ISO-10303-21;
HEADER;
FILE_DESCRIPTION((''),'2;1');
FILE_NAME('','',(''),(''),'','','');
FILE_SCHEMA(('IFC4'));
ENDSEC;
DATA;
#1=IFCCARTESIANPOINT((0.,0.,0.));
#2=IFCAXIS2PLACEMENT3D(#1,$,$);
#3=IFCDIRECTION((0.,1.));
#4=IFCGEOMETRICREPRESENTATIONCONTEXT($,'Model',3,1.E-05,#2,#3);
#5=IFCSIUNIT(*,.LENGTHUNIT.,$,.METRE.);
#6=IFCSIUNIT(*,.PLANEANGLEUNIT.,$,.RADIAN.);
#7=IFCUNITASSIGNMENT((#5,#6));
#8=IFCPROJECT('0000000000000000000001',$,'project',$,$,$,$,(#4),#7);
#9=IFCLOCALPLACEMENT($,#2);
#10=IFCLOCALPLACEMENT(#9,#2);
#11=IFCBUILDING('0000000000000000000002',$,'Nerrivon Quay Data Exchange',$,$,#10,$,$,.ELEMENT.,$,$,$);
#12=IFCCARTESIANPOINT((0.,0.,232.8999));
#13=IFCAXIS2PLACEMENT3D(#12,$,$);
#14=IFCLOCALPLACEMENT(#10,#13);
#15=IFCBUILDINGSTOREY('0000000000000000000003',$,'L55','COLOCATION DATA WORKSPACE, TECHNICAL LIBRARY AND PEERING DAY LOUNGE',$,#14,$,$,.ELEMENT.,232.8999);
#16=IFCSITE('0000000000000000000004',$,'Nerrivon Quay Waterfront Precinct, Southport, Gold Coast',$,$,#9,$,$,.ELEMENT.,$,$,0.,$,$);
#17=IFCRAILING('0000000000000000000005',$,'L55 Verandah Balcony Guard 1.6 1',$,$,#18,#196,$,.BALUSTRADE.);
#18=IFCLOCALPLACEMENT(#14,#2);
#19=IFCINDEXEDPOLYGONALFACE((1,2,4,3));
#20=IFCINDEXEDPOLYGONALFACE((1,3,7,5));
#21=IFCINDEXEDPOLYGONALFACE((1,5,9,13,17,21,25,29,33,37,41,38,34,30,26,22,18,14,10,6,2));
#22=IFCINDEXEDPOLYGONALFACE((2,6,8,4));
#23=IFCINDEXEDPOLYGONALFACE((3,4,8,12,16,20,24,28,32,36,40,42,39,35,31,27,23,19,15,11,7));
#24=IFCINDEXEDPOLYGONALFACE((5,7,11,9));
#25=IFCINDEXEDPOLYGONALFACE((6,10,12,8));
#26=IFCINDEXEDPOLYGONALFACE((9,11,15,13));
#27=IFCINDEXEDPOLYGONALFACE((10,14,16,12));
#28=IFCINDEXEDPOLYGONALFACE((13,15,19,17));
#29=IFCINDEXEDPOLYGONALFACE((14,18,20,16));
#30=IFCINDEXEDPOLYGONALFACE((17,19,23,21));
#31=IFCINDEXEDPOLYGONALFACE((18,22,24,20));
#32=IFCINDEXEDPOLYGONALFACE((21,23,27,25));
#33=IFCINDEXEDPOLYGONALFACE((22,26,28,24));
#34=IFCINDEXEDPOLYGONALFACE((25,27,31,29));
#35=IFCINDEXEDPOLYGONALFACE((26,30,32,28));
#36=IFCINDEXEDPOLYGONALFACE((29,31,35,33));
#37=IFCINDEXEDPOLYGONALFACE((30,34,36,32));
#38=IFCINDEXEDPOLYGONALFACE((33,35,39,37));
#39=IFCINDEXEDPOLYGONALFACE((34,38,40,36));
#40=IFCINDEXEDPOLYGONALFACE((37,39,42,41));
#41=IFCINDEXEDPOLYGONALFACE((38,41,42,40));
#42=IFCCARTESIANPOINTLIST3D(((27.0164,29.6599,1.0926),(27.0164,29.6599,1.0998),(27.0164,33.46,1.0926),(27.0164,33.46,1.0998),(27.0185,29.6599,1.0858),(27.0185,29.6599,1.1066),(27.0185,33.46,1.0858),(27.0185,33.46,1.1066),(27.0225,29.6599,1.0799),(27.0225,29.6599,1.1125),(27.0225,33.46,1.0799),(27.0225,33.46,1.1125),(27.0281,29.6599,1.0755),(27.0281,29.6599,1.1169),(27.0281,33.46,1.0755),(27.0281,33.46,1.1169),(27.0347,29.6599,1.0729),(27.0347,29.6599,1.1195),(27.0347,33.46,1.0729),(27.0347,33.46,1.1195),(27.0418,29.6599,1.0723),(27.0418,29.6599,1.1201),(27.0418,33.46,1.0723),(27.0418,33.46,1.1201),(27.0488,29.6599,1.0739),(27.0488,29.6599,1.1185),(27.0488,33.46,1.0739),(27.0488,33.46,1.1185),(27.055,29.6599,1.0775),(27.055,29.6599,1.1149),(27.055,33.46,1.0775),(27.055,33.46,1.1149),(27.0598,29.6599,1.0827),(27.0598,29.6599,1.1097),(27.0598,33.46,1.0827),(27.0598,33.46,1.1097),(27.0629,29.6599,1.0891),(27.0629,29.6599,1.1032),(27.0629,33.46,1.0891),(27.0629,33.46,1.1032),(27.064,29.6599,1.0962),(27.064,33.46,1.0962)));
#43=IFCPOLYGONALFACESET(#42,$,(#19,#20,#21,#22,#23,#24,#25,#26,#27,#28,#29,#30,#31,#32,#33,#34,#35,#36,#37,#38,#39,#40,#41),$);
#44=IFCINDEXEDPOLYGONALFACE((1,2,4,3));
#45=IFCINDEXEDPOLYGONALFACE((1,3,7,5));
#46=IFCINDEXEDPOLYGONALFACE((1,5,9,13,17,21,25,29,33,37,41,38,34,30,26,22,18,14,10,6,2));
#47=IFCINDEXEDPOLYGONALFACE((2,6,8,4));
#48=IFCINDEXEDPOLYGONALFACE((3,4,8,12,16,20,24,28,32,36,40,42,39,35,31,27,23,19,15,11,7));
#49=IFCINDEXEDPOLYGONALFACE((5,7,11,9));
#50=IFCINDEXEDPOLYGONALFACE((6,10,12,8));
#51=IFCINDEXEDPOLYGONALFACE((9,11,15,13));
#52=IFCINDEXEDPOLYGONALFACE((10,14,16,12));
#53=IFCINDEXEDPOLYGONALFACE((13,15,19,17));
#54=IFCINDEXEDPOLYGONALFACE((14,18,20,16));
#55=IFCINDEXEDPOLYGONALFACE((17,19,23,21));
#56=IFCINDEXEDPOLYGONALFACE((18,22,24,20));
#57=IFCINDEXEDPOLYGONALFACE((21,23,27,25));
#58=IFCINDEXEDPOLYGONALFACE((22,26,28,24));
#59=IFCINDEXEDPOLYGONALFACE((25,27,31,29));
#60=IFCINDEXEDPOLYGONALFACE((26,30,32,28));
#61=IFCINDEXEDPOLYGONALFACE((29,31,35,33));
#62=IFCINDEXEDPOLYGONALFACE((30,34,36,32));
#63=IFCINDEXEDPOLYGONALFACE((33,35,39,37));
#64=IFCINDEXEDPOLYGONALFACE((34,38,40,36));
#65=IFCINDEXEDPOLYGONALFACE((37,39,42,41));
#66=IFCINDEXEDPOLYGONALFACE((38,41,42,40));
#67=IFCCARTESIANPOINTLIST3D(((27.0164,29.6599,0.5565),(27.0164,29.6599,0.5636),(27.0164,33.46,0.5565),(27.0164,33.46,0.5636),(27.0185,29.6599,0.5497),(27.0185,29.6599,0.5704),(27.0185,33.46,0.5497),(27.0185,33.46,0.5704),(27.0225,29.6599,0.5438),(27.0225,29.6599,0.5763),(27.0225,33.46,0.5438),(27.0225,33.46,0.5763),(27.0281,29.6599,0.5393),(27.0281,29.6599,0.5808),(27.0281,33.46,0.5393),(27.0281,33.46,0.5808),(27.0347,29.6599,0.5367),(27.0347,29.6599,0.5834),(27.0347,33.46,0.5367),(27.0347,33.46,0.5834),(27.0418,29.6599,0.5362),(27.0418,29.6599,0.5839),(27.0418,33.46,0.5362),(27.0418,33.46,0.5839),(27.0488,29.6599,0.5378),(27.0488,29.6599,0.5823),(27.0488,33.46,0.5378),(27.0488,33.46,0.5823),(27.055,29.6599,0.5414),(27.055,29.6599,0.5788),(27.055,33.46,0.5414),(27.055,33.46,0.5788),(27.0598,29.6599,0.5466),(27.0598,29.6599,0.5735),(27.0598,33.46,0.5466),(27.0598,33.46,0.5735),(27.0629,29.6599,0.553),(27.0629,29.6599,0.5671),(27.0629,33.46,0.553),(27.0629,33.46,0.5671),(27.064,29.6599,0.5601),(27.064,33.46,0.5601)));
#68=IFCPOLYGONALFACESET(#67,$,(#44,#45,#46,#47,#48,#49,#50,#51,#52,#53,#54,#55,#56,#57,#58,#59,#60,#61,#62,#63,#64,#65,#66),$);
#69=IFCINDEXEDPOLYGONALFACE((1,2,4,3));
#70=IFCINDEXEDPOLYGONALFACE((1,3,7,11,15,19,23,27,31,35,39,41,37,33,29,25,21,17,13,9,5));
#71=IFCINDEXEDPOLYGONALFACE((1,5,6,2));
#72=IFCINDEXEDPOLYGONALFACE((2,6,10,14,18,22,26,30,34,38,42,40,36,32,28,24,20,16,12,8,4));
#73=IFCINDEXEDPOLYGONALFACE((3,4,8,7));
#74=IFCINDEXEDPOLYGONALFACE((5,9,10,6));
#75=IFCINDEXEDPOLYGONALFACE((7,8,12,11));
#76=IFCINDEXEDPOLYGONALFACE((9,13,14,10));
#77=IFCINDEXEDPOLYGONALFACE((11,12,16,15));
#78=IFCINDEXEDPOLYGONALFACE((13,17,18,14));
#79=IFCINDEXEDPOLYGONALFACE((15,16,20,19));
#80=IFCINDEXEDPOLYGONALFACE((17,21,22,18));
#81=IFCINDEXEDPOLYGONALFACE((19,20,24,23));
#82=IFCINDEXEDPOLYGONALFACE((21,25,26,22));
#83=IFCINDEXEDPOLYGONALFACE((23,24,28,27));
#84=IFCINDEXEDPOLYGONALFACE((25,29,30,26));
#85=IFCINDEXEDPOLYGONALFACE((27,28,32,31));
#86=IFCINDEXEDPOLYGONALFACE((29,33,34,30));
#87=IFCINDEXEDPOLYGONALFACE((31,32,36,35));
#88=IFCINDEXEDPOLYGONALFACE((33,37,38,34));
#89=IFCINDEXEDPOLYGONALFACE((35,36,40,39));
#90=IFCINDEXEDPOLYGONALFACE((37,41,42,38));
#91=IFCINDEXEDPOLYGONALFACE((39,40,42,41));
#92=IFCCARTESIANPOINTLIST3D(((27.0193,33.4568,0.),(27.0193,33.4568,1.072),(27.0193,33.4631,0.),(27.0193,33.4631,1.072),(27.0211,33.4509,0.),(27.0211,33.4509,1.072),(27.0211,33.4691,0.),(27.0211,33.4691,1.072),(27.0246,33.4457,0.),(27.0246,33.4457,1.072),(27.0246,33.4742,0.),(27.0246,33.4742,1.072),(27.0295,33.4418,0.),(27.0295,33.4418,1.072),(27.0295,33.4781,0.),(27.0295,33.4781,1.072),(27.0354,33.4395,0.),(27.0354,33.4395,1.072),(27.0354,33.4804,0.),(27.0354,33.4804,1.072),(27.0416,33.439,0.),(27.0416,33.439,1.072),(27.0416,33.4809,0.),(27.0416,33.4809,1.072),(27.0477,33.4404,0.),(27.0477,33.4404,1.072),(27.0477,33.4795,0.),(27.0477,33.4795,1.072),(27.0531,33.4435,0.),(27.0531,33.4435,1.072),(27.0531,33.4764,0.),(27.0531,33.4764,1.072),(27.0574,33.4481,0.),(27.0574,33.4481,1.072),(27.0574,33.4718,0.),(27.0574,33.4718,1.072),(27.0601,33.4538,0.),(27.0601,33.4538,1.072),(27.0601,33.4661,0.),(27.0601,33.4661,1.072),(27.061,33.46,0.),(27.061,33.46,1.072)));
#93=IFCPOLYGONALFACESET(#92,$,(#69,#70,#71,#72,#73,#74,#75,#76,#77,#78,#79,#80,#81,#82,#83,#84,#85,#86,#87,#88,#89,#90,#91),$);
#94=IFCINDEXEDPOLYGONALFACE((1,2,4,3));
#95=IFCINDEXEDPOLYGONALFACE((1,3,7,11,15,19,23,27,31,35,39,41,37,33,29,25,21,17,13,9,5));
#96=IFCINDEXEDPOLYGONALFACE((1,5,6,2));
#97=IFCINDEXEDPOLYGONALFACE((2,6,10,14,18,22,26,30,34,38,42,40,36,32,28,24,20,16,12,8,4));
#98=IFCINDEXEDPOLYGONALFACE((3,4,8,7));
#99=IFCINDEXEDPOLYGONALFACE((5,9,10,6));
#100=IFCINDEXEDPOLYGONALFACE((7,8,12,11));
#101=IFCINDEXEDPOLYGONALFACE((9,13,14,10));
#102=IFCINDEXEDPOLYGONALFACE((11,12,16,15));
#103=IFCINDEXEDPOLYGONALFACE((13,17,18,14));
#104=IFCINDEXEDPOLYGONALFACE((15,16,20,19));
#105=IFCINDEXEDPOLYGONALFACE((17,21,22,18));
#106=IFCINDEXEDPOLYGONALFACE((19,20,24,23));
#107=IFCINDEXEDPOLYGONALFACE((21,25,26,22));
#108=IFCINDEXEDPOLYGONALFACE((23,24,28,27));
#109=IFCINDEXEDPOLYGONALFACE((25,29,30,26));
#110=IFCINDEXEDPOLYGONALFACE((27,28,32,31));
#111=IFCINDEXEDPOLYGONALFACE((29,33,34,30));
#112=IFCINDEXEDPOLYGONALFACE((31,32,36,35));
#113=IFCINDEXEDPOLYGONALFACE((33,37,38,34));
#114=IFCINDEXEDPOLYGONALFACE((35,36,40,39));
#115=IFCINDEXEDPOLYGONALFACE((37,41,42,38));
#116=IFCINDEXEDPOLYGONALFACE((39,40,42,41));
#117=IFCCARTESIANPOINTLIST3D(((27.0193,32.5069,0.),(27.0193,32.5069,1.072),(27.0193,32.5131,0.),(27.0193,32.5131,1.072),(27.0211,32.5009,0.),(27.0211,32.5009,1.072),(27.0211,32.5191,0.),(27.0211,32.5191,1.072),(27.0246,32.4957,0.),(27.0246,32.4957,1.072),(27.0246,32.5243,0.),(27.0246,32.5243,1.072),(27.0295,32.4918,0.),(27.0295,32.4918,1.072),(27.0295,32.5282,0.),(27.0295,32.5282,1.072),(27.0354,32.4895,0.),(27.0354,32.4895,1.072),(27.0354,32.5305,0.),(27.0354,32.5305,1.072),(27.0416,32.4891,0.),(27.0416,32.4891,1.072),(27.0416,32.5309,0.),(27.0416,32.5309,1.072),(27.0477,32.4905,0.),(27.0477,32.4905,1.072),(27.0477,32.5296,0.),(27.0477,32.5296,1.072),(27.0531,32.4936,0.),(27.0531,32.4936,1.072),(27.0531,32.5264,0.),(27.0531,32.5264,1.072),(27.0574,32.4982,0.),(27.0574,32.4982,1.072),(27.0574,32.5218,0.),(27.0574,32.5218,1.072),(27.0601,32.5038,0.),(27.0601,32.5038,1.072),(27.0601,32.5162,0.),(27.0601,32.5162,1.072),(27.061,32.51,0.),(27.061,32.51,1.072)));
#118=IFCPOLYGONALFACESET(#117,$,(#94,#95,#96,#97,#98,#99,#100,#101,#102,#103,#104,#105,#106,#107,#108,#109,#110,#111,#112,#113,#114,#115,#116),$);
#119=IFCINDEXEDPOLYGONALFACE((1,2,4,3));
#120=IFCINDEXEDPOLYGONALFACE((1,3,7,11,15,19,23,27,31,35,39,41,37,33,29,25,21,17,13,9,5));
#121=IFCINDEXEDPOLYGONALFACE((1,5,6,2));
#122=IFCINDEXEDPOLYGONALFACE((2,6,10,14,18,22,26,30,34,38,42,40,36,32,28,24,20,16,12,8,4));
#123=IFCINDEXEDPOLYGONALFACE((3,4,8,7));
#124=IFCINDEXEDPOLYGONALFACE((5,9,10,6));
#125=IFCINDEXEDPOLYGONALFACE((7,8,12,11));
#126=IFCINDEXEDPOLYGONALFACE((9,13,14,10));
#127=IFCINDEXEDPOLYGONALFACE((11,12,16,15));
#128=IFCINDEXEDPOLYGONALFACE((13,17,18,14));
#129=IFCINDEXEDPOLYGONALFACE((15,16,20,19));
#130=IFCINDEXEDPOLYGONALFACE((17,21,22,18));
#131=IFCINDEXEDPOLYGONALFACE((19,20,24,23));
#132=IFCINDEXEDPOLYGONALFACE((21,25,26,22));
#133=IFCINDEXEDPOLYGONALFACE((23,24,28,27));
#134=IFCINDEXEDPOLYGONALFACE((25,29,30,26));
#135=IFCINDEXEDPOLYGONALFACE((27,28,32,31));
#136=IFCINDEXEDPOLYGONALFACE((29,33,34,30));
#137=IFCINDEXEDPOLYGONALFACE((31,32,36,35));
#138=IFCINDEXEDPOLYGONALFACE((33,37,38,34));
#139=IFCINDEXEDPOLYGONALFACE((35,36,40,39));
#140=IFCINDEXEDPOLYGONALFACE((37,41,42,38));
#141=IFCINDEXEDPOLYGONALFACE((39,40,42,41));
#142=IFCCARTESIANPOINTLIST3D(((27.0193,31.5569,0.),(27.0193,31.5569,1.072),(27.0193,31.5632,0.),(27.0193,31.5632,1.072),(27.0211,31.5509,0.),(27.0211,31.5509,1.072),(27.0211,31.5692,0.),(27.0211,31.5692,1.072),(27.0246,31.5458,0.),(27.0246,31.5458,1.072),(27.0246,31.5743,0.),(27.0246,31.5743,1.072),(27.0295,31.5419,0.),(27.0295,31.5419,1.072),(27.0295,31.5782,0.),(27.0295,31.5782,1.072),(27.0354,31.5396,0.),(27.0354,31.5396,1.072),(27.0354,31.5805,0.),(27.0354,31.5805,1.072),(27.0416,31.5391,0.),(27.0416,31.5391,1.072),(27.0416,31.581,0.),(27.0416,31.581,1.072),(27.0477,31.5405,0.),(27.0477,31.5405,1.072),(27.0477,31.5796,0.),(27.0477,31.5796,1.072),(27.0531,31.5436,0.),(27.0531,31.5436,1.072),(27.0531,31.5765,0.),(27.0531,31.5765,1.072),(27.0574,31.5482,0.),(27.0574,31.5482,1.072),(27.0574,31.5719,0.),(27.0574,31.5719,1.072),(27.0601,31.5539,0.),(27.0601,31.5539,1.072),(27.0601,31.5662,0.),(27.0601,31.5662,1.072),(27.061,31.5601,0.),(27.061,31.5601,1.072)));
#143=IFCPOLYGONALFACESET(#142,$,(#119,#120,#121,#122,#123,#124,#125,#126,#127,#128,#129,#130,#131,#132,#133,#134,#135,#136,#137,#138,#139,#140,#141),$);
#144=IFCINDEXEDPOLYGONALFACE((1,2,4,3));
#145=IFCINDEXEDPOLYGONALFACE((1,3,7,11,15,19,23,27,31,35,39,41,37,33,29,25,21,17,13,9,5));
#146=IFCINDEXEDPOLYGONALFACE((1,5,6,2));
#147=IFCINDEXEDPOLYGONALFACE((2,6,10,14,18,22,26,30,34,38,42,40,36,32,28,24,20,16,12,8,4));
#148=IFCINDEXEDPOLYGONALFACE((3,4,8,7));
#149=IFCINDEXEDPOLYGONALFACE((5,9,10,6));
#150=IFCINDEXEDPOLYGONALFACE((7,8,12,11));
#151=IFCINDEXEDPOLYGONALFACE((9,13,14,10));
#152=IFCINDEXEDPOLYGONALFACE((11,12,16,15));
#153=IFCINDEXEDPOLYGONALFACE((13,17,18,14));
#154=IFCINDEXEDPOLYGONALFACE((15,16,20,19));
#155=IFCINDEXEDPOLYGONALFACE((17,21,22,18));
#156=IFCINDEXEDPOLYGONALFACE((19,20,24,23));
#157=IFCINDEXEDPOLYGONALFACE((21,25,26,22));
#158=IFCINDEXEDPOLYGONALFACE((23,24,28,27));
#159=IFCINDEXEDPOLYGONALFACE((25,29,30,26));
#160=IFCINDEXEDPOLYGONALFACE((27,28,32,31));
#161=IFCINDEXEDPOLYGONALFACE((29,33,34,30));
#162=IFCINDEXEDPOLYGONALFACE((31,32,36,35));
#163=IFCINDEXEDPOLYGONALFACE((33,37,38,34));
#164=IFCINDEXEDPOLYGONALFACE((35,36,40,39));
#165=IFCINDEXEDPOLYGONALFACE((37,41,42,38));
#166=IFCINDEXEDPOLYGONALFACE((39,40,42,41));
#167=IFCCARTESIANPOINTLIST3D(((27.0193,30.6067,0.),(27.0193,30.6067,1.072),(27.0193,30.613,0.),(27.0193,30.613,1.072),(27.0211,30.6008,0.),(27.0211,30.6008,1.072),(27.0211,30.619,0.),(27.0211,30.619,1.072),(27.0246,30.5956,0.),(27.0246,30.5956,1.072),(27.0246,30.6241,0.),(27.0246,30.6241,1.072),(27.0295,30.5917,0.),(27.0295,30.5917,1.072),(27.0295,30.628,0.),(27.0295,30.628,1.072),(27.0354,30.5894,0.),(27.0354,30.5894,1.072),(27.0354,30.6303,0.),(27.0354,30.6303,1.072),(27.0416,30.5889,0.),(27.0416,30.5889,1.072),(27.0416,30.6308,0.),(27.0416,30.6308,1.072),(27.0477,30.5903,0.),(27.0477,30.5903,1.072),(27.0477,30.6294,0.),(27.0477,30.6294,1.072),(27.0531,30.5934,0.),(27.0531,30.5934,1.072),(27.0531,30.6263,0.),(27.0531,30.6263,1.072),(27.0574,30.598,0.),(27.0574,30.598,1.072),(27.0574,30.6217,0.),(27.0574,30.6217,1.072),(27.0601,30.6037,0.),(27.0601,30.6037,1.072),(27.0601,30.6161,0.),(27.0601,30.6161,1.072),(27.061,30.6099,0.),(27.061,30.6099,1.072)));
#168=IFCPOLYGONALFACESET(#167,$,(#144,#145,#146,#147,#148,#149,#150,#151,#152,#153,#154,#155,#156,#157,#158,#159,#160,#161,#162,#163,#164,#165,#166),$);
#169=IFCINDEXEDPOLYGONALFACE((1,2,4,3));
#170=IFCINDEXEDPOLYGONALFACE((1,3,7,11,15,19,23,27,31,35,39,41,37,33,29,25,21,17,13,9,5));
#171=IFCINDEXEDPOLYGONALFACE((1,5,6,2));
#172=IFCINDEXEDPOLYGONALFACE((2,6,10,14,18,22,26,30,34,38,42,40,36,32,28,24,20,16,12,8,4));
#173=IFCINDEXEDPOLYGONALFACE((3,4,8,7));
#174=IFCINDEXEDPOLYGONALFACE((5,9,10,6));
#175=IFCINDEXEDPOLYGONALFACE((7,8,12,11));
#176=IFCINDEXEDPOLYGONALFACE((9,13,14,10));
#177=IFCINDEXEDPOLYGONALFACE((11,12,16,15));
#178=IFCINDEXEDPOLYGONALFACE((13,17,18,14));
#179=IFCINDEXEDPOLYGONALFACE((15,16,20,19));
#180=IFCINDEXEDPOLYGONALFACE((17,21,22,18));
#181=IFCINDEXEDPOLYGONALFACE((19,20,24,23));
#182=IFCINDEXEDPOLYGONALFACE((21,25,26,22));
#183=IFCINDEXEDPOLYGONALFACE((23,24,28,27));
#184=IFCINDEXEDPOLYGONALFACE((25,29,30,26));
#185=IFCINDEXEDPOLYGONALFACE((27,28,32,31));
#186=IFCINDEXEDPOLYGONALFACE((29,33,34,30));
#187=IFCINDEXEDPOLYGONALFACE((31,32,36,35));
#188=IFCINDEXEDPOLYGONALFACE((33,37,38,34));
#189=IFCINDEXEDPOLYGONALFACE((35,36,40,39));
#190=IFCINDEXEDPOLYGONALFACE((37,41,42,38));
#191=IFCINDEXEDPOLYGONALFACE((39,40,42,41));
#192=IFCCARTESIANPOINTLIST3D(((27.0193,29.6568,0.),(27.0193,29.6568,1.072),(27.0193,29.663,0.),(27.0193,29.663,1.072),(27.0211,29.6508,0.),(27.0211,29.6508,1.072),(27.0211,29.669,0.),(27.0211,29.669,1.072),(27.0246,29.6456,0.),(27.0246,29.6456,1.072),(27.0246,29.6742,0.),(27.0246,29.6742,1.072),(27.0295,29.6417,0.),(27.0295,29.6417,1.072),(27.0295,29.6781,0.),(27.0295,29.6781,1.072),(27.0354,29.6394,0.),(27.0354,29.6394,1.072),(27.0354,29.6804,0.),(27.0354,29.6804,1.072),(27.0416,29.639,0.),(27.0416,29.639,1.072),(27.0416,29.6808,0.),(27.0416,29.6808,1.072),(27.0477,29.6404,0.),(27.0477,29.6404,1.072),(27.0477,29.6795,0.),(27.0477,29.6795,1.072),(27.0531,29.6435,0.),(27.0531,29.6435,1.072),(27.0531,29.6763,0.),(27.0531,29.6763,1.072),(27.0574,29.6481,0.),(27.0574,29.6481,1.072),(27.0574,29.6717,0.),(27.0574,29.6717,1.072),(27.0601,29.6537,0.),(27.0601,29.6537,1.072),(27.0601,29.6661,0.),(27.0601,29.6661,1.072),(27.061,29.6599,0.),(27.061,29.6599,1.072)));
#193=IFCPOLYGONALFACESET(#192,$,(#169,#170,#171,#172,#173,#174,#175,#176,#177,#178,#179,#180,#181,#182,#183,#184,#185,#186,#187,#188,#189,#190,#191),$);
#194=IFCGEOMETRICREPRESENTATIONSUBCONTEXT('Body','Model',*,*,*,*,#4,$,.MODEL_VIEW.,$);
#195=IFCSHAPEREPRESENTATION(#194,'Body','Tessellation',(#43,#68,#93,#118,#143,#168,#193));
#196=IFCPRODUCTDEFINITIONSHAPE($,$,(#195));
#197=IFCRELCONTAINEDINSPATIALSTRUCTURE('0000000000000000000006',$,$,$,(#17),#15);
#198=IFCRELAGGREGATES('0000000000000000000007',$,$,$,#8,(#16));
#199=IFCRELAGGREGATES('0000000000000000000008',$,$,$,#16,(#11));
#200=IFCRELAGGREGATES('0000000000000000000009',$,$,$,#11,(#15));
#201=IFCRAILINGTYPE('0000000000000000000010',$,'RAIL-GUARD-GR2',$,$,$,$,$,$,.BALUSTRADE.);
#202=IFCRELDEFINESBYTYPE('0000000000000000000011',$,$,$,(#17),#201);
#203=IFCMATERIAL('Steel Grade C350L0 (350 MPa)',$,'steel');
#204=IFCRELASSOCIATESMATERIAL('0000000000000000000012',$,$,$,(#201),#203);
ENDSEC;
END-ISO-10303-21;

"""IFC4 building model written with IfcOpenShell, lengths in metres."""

from ifc_helpers import new_model, si_unit, direction, frame, origin, origin_2d, place, context, subcontext, project, spatial, circle, extrude, material, type_object, element, save


model = new_model("IFC4")

# Units and contexts
model_context = context("Model", 3, precision=1e-05, world=origin(), true_north=direction((0.0, 1.0)))
body_context = subcontext(model_context, "Body", "Model", "MODEL_VIEW")
ifc_project = project(units=[si_unit("LENGTHUNIT", "METRE"), si_unit("PLANEANGLEUNIT", "RADIAN")], contexts=[model_context])

# Site, building, storey
site_placement = place(None, origin())
site = spatial("IfcSite", under=ifc_project, at=site_placement, Name="Nerrivon Quay Waterfront Precinct, Southport, Gold Coast", CompositionType="ELEMENT", RefElevation=0.0)
building_placement = place(site_placement, origin())
building = spatial("IfcBuilding", under=site, at=building_placement, Name="Nerrivon Quay Data Exchange", CompositionType="ELEMENT")
storey_placement = place(building_placement, frame((0.0, 0.0, 232.8999)))
storey = spatial("IfcBuildingStorey", under=building, at=storey_placement, Name="L55", Description="COLOCATION DATA WORKSPACE, TECHNICAL LIBRARY AND PEERING DAY LOUNGE", CompositionType="ELEMENT", Elevation=232.8999)

# Shared definitions
ifc_material_1 = material(Name="Steel Grade C350L0 (350 MPa)", Category="steel")

# Railing
railing_type = type_object("IfcRailingType", Name="RAIL-GUARD-GR2", PredefinedType="BALUSTRADE", material=ifc_material_1)
railing_1_placement = place(storey_placement, frame((27.04, 33.46, 0.0)))
element("IfcRailing", 1, at=railing_1_placement, inside=storey, type_object=railing_type, Name="L55 Verandah Balcony Guard 1.6 1", PredefinedType="BALUSTRADE", context=body_context, shape_type="SweptSolid", body=[
    extrude(circle(Radius=0.0239, at=origin_2d()), frame((0.0, 0.0, 1.0962), z_axis=(0.0, -1.0, 0.0), x_axis=(1.0, 0.0, 0.0)), (0.0, 0.0, 1.0), 3.8),
    extrude(circle(Radius=0.0239, at=origin_2d()), frame((0.0, 0.0, 0.5601), z_axis=(0.0, -1.0, 0.0), x_axis=(1.0, 0.0, 0.0)), (0.0, 0.0, 1.0), 3.8),
    extrude(circle(Radius=0.021, at=origin_2d()), origin(), (0.0, 0.0, 1.0), 1.072),
    extrude(circle(Radius=0.021, at=origin_2d()), frame((0.0, -0.95, 0.0)), (0.0, 0.0, 1.0), 1.072),
    extrude(circle(Radius=0.021, at=origin_2d()), frame((0.0, -1.8999, 0.0)), (0.0, 0.0, 1.0), 1.072),
    extrude(circle(Radius=0.021, at=origin_2d()), frame((0.0, -2.8501, 0.0)), (0.0, 0.0, 1.0), 1.072),
    extrude(circle(Radius=0.021, at=origin_2d()), frame((0.0, -3.8, 0.0)), (0.0, 0.0, 1.0), 1.072),
])

save(model, "model.ifc")
